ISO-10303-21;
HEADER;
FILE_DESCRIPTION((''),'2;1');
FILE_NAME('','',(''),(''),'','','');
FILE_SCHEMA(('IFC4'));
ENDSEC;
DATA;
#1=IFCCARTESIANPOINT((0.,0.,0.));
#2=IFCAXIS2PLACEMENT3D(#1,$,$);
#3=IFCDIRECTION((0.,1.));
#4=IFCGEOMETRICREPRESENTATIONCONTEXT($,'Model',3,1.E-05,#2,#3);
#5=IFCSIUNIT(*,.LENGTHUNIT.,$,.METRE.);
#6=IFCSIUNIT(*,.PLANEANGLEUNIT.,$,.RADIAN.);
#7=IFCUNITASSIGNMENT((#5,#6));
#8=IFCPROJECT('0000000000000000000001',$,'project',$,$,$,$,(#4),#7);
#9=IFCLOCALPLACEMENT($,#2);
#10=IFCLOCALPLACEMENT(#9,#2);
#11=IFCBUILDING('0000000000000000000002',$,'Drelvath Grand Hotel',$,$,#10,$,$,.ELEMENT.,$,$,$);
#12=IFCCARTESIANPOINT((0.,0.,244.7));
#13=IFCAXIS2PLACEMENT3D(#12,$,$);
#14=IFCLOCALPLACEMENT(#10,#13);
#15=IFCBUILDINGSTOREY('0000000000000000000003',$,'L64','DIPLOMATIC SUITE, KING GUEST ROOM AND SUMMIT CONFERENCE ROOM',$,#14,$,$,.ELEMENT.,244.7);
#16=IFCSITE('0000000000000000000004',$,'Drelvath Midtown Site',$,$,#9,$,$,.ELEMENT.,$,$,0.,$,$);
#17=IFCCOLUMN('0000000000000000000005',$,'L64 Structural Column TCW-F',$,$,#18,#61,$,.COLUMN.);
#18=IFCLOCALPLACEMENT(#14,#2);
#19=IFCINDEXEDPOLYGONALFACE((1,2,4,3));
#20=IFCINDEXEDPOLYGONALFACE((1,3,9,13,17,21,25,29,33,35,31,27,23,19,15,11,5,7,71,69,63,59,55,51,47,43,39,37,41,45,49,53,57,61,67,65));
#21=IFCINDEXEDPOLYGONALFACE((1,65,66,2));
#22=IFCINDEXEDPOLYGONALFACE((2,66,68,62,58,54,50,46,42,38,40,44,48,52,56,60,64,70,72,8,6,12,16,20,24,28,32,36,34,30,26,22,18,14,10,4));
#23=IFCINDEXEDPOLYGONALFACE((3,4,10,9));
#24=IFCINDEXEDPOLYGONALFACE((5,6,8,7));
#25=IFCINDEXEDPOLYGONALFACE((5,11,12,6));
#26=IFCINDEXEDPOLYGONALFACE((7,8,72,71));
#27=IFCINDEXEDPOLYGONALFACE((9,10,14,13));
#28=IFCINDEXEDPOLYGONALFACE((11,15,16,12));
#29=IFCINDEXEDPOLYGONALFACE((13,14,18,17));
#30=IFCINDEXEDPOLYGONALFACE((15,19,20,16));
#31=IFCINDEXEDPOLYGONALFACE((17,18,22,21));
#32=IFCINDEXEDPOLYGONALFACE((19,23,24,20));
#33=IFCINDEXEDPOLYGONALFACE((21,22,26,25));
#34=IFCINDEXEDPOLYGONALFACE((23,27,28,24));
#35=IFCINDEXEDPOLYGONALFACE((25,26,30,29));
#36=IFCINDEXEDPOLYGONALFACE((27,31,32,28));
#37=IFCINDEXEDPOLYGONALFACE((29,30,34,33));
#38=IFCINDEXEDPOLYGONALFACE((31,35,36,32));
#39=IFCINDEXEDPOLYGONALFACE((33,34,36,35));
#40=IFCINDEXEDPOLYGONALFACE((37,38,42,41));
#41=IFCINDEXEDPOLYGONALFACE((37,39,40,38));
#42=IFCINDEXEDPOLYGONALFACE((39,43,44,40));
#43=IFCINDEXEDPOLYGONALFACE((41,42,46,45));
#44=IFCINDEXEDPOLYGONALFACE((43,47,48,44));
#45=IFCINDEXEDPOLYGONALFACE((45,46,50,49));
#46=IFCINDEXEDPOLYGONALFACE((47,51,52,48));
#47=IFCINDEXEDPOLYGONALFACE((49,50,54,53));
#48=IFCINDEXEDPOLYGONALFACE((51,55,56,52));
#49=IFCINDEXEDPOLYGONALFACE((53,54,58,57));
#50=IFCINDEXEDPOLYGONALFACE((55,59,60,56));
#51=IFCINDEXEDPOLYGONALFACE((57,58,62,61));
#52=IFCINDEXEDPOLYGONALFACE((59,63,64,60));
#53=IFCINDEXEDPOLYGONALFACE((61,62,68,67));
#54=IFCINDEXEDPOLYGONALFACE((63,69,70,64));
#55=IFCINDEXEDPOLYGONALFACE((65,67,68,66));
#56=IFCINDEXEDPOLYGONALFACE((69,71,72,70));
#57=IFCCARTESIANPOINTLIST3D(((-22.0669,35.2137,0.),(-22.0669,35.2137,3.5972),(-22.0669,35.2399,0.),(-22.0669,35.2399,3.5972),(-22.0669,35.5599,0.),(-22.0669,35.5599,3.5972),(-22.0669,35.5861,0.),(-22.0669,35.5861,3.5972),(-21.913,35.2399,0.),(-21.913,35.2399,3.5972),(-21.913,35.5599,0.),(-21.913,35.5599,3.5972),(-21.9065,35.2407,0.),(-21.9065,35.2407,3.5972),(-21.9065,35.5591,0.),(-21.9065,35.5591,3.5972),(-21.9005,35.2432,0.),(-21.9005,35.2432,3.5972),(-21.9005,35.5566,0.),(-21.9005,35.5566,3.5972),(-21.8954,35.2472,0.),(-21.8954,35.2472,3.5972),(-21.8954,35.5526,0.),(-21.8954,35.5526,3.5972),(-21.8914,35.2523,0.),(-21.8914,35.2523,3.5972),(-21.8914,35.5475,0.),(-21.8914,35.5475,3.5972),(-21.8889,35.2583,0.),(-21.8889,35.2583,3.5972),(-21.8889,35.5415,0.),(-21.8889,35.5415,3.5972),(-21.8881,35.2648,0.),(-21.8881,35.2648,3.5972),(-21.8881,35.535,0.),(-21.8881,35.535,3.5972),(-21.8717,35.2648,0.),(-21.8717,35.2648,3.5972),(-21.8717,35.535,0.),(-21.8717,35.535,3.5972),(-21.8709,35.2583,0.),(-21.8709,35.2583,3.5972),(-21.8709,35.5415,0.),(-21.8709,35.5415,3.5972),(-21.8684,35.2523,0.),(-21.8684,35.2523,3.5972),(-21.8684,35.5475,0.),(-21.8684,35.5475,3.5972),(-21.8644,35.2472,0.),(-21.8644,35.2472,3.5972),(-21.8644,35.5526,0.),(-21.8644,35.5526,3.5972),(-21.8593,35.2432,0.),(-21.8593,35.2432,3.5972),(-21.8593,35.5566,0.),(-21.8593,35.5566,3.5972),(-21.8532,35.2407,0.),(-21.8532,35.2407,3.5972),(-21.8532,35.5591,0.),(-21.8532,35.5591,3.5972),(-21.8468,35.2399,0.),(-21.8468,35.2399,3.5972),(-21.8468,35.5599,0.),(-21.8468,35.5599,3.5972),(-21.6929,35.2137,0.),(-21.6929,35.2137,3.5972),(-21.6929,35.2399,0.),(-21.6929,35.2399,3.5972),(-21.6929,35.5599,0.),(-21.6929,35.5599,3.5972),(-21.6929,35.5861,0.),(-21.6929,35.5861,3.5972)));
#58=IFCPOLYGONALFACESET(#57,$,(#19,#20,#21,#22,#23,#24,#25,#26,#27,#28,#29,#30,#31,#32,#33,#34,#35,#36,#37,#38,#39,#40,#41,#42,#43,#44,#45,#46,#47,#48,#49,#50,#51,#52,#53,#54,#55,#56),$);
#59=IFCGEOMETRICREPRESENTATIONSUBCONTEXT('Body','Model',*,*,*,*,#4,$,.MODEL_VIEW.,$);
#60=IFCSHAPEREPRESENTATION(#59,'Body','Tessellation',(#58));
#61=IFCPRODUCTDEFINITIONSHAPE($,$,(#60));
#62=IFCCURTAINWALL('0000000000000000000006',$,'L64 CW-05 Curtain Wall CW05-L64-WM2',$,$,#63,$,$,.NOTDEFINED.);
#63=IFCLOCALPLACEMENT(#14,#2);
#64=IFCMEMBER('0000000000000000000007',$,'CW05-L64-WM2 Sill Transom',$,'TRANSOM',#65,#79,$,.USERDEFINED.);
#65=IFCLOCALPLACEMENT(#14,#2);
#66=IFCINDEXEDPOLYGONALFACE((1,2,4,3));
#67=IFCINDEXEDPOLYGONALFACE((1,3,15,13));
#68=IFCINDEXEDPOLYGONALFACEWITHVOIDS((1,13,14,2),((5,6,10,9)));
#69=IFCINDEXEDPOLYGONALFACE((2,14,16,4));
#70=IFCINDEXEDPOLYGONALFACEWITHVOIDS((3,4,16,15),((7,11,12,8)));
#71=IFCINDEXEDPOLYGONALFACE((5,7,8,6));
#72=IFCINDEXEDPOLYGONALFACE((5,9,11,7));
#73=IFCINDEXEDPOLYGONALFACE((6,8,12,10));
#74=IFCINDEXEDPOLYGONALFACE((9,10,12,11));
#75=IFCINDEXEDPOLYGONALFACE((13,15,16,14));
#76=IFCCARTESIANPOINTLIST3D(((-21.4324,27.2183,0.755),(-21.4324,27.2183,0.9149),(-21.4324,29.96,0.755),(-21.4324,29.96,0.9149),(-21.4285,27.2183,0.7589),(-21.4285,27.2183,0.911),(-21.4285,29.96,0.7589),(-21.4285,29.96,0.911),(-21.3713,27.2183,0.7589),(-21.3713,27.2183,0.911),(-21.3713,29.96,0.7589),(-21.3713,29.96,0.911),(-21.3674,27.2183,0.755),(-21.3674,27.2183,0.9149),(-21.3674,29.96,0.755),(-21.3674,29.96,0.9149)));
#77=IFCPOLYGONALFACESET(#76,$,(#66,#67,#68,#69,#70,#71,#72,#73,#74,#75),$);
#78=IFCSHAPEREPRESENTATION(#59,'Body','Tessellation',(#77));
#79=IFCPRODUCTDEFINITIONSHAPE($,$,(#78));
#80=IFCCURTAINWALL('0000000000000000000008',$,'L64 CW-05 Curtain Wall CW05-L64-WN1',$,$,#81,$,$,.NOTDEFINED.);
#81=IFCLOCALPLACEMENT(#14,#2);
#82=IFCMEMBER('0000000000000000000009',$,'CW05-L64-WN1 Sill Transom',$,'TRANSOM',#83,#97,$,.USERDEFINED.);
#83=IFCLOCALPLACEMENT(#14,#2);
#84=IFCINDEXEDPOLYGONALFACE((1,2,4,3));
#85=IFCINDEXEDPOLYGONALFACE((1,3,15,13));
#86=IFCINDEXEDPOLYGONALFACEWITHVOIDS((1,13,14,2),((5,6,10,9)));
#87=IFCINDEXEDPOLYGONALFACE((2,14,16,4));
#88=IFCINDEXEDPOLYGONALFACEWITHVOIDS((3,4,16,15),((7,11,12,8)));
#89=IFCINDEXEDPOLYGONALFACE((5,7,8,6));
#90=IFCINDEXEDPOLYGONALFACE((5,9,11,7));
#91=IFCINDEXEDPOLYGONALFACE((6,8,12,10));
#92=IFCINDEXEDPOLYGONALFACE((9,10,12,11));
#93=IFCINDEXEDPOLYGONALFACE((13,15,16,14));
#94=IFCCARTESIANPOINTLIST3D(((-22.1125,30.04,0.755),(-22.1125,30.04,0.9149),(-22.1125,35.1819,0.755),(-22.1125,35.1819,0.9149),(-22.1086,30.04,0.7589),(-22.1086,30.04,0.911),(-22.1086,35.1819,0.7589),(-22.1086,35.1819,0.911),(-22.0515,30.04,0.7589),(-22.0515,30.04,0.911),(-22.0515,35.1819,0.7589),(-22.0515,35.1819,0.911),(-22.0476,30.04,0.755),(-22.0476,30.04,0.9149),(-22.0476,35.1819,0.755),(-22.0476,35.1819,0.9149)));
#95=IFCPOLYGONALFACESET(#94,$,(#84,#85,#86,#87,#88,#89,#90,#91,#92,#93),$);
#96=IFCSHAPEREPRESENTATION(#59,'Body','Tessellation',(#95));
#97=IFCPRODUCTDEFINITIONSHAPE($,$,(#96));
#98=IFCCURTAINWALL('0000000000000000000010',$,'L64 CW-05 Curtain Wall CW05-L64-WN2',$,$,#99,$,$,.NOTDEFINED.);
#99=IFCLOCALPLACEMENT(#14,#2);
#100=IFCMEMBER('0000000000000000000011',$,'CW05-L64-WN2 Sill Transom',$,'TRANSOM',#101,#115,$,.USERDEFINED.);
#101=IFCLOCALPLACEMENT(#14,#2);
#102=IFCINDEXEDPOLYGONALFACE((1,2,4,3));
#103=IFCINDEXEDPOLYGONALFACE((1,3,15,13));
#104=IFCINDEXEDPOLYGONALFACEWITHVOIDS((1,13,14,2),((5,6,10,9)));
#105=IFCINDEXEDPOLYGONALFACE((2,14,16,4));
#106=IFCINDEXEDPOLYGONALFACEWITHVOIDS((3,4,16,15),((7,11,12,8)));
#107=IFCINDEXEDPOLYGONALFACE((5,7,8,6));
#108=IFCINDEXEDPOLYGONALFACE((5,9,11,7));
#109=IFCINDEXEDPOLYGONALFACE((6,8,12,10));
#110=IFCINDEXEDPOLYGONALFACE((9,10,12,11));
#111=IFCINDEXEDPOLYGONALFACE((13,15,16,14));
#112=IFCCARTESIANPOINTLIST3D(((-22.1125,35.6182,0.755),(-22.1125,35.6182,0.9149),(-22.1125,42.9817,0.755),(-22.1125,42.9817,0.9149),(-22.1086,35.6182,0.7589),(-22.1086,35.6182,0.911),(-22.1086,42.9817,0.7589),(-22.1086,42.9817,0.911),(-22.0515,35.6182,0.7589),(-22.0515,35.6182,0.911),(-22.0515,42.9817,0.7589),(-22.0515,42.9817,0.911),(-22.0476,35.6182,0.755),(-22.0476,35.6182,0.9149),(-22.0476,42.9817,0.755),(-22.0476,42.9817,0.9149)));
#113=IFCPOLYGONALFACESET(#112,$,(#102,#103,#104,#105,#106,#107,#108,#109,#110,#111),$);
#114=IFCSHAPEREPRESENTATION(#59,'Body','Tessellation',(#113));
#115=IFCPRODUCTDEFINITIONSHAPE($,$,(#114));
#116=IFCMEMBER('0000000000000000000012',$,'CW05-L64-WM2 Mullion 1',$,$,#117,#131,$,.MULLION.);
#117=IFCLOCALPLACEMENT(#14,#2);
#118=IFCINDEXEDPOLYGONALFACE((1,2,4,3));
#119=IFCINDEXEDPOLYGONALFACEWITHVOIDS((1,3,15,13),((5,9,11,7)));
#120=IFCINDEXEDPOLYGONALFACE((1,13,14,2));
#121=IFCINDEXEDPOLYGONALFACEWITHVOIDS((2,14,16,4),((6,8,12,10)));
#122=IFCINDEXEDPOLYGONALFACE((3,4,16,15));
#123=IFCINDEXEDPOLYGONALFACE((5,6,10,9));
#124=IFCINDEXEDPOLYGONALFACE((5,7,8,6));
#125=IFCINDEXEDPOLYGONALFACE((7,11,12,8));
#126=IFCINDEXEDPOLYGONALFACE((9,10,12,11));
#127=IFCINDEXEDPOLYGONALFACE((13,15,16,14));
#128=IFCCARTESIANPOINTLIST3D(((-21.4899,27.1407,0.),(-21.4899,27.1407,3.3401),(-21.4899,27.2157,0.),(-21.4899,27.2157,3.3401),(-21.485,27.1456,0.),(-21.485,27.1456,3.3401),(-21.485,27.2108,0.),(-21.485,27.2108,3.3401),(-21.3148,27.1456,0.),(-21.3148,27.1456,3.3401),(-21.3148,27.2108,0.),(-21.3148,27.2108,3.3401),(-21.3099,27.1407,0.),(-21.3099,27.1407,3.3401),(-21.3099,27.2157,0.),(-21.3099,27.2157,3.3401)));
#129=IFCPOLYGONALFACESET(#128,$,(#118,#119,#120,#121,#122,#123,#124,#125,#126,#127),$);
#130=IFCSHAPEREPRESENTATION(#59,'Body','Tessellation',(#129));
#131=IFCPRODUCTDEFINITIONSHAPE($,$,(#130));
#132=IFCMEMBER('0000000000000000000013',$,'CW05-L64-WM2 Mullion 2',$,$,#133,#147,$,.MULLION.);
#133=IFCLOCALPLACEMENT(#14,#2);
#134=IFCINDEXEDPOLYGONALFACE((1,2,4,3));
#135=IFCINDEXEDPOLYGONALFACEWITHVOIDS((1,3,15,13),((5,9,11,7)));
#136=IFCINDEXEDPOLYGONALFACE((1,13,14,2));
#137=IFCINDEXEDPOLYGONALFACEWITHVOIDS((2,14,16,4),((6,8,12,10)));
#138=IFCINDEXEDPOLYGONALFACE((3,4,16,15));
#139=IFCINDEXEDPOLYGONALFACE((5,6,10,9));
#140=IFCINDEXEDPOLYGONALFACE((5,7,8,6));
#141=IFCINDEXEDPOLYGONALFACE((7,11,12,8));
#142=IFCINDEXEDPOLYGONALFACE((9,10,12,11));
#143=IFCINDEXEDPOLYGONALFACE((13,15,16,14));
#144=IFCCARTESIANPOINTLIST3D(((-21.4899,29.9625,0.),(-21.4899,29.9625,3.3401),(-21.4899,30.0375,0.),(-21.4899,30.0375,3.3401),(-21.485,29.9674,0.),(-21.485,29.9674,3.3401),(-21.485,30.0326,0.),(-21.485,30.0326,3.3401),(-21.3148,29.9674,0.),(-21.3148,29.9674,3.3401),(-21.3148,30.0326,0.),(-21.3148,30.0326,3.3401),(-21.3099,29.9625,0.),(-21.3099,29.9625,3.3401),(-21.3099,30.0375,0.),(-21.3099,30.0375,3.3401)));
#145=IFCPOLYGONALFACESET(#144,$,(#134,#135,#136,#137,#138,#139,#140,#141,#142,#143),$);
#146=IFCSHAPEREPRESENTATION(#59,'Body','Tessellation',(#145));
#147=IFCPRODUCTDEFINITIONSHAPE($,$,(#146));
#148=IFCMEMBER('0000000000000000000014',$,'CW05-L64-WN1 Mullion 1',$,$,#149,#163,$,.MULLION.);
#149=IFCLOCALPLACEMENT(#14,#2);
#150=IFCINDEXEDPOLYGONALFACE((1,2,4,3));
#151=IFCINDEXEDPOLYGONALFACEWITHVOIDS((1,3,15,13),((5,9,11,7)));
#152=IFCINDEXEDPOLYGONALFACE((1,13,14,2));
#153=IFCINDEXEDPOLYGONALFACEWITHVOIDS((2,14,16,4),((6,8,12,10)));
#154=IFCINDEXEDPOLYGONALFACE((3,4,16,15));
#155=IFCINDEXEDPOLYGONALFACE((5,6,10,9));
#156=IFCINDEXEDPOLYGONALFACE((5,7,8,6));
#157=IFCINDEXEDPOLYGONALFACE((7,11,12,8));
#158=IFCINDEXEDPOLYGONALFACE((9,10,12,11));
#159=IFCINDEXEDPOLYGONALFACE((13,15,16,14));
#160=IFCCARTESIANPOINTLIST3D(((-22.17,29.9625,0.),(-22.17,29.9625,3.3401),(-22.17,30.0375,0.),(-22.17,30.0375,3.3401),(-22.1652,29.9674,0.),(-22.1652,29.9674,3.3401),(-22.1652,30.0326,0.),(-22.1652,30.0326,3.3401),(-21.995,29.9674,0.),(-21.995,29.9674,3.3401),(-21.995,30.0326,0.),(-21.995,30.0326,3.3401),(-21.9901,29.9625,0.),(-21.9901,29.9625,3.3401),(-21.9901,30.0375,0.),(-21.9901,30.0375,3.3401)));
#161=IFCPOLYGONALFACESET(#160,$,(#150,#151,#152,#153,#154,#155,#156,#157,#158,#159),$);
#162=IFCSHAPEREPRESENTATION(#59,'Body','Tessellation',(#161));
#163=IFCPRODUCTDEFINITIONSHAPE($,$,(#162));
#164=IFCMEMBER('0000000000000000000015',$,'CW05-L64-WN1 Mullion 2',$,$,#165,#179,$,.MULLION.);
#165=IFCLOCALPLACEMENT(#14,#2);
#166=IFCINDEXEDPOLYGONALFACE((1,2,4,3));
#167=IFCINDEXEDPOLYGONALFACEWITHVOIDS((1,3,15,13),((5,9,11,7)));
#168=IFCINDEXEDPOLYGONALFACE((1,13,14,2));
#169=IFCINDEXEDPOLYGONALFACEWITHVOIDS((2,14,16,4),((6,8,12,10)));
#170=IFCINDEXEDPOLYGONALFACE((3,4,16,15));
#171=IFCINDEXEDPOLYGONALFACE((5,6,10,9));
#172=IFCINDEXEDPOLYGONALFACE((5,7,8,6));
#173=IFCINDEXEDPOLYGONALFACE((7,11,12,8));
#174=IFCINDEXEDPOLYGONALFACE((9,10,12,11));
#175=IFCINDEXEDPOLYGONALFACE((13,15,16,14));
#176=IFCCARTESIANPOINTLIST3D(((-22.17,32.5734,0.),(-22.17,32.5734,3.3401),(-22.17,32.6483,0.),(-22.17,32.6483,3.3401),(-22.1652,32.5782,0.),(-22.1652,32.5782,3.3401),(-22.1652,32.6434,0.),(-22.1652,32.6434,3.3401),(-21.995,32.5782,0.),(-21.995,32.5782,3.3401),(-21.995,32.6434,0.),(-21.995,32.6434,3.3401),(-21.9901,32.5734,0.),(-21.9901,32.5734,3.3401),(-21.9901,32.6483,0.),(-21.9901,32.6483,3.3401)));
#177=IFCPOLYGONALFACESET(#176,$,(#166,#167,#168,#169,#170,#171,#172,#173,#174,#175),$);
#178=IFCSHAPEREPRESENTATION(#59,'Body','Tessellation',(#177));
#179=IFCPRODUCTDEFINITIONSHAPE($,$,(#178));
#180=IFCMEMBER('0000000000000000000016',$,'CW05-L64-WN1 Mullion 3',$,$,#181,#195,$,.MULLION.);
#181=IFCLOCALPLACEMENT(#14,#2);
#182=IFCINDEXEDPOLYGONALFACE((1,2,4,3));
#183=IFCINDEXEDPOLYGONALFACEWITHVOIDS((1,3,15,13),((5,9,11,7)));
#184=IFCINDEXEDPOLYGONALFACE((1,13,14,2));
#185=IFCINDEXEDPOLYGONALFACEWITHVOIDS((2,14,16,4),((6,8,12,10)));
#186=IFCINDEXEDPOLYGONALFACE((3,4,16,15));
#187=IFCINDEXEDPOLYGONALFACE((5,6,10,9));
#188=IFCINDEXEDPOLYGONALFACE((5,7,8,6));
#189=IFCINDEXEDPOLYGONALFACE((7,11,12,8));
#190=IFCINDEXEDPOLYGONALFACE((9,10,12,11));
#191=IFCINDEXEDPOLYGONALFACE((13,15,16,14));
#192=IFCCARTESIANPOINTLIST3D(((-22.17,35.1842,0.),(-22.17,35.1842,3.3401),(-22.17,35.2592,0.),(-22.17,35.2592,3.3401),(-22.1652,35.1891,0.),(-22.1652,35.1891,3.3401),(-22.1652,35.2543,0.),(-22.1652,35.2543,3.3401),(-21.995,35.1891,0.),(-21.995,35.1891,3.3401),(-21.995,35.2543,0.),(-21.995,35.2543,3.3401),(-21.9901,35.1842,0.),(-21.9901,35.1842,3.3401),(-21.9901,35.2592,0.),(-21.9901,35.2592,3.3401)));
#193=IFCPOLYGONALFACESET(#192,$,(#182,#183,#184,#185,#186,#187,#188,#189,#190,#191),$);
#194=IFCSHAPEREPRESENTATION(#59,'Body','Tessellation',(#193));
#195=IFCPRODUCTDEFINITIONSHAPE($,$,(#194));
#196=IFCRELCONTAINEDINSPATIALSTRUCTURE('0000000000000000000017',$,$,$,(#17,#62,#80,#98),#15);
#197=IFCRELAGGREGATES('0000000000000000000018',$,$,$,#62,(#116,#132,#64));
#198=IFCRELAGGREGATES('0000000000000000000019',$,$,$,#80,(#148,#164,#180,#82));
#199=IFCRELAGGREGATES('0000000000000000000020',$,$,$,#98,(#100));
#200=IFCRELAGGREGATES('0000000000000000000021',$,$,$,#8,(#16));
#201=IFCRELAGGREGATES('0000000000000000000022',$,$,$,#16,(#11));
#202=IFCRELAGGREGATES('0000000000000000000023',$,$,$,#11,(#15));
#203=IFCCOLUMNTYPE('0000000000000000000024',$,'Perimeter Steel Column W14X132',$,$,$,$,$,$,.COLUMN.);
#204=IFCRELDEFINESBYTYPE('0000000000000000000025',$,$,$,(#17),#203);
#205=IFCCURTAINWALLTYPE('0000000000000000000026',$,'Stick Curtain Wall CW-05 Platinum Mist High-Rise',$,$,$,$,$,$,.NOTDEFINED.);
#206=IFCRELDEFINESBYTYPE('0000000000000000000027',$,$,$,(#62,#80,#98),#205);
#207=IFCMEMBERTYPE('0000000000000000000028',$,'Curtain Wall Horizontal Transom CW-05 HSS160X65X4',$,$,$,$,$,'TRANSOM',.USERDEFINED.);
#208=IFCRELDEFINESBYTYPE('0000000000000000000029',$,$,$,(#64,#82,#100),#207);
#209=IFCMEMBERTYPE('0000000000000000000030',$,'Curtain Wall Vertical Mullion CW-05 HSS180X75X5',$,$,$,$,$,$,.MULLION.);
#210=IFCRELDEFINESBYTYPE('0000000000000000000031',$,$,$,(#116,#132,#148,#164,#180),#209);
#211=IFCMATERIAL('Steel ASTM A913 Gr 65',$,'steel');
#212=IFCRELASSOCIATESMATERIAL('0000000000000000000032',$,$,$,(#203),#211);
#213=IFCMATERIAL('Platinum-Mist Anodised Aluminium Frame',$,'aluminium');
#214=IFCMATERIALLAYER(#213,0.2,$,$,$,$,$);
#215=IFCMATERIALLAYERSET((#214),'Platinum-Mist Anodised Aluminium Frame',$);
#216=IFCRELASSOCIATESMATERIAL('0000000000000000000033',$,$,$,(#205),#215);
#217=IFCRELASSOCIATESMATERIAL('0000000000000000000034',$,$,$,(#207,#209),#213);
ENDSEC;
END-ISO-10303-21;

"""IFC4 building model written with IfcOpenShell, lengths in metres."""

from ifc_helpers import new_model, si_unit, direction, frame, origin, origin_2d, place, context, subcontext, project, spatial, hollow_rectangle, i_section, extrude, material, layer, layer_set, material_profile, profile_set, type_object, element, aggregate, save


model = new_model("IFC4")

# Units and contexts
model_context = context("Model", 3, precision=1e-05, world=origin(), true_north=direction((0.0, 1.0)))
body_context = subcontext(model_context, "Body", "Model", "MODEL_VIEW")
ifc_project = project(units=[si_unit("LENGTHUNIT", "METRE"), si_unit("PLANEANGLEUNIT", "RADIAN")], contexts=[model_context])

# Site, building, storey
site_placement = place(None, origin())
site = spatial("IfcSite", under=ifc_project, at=site_placement, Name="Drelvath Midtown Site", CompositionType="ELEMENT", RefElevation=0.0)
building_placement = place(site_placement, origin())
building = spatial("IfcBuilding", under=site, at=building_placement, Name="Drelvath Grand Hotel", CompositionType="ELEMENT")
storey_placement = place(building_placement, frame((0.0, 0.0, 244.7)))
storey = spatial("IfcBuildingStorey", under=building, at=storey_placement, Name="L64", Description="DIPLOMATIC SUITE, KING GUEST ROOM AND SUMMIT CONFERENCE ROOM", CompositionType="ELEMENT", Elevation=244.7)

# Column
ifc_material_1 = material(Name="Steel ASTM A913 Gr 65", Category="steel")
ifc_material_profile_1 = material_profile(ifc_material_1, i_section(OverallWidth=0.374, OverallDepth=0.3723, WebThickness=0.0164, FlangeThickness=0.0261, FilletRadius=0.0249, at=origin_2d()), Name="W14X132")
ifc_profile_set_1 = profile_set([ifc_material_profile_1], Name="Steel ASTM A913 Gr 65")
column_type = type_object("IfcColumnType", Name="Perimeter Steel Column W14X132", PredefinedType="COLUMN", material=ifc_profile_set_1)
column_placement = place(storey_placement, frame((-21.8799, 35.3999, 0.0), z_axis=(0.0, 0.0, 1.0), x_axis=(1.0, 0.0, 0.0)))
element("IfcColumn", 1, at=column_placement, inside=storey, type_object=column_type, Name="L64 Structural Column TCW-F", PredefinedType="COLUMN", context=body_context, shape_type="SweptSolid", body=[
    extrude(i_section(OverallWidth=0.374, OverallDepth=0.3723, WebThickness=0.0164, FlangeThickness=0.0261, FilletRadius=0.0249, at=origin_2d()), origin(), (0.0, 0.0, 1.0), 3.5972),
])

# Curtain walls, members
ifc_material_2 = material(Name="Platinum-Mist Anodised Aluminium Frame", Category="aluminium")
ifc_layer_1 = layer(ifc_material_2, 0.2)
ifc_layer_set_1 = layer_set([ifc_layer_1], Name="Platinum-Mist Anodised Aluminium Frame")
curtain_wall_type = type_object("IfcCurtainWallType", Name="Stick Curtain Wall CW-05 Platinum Mist High-Rise", PredefinedType="NOTDEFINED", material=ifc_layer_set_1)
curtain_wall_1_placement = place(storey_placement, origin())
curtain_wall_1 = element("IfcCurtainWall", 2, at=curtain_wall_1_placement, inside=storey, type_object=curtain_wall_type, Name="L64 CW-05 Curtain Wall CW05-L64-WM2", PredefinedType="NOTDEFINED")
ifc_material_profile_2 = material_profile(ifc_material_2, hollow_rectangle(XDim=0.0649, YDim=0.1599, WallThickness=0.0039, at=origin_2d()), Name="HSS160X65X4")
ifc_profile_set_2 = profile_set([ifc_material_profile_2], Name="Platinum-Mist Anodised Aluminium Frame")
member_type_1 = type_object("IfcMemberType", Name="Curtain Wall Horizontal Transom CW-05 HSS160X65X4", ElementType="TRANSOM", PredefinedType="USERDEFINED", material=ifc_profile_set_2)
member_1_placement = place(storey_placement, frame((-21.3999, 27.2183, 0.835), z_axis=(0.0, 1.0, 0.0), x_axis=(-1.0, 0.0, 0.0)))
member_1 = element("IfcMember", 3, at=member_1_placement, type_object=member_type_1, Name="CW05-L64-WM2 Sill Transom", ObjectType="TRANSOM", PredefinedType="USERDEFINED", context=body_context, shape_type="SweptSolid", body=[
    extrude(hollow_rectangle(XDim=0.0649, YDim=0.1599, WallThickness=0.0039, at=origin_2d()), origin(), (0.0, 0.0, 1.0), 2.7417),
])
curtain_wall_2_placement = place(storey_placement, origin())
curtain_wall_2 = element("IfcCurtainWall", 4, at=curtain_wall_2_placement, inside=storey, type_object=curtain_wall_type, Name="L64 CW-05 Curtain Wall CW05-L64-WN1", PredefinedType="NOTDEFINED")
member_2_placement = place(storey_placement, frame((-22.0801, 30.04, 0.835), z_axis=(0.0, 1.0, 0.0), x_axis=(-1.0, 0.0, 0.0)))
member_2 = element("IfcMember", 5, at=member_2_placement, type_object=member_type_1, Name="CW05-L64-WN1 Sill Transom", ObjectType="TRANSOM", PredefinedType="USERDEFINED", context=body_context, shape_type="SweptSolid", body=[
    extrude(hollow_rectangle(XDim=0.0649, YDim=0.1599, WallThickness=0.0039, at=origin_2d()), origin(), (0.0, 0.0, 1.0), 5.1418),
])
curtain_wall_3_placement = place(storey_placement, origin())
curtain_wall_3 = element("IfcCurtainWall", 6, at=curtain_wall_3_placement, inside=storey, type_object=curtain_wall_type, Name="L64 CW-05 Curtain Wall CW05-L64-WN2", PredefinedType="NOTDEFINED")
member_3_placement = place(storey_placement, frame((-22.0801, 35.6182, 0.835), z_axis=(0.0, 1.0, 0.0), x_axis=(-1.0, 0.0, 0.0)))
member_3 = element("IfcMember", 7, at=member_3_placement, type_object=member_type_1, Name="CW05-L64-WN2 Sill Transom", ObjectType="TRANSOM", PredefinedType="USERDEFINED", context=body_context, shape_type="SweptSolid", body=[
    extrude(hollow_rectangle(XDim=0.0649, YDim=0.1599, WallThickness=0.0039, at=origin_2d()), origin(), (0.0, 0.0, 1.0), 7.3635),
])

# Members
ifc_material_profile_3 = material_profile(ifc_material_2, hollow_rectangle(XDim=0.075, YDim=0.1799, WallThickness=0.0049, at=origin_2d()), Name="HSS180X75X5")
ifc_profile_set_3 = profile_set([ifc_material_profile_3], Name="Platinum-Mist Anodised Aluminium Frame")
member_type_2 = type_object("IfcMemberType", Name="Curtain Wall Vertical Mullion CW-05 HSS180X75X5", PredefinedType="MULLION", material=ifc_profile_set_3)
member_4_placement = place(storey_placement, frame((-21.3999, 27.1782, 0.0), z_axis=(0.0, 0.0, 1.0), x_axis=(0.0, 1.0, 0.0)))
member_4 = element("IfcMember", 8, at=member_4_placement, type_object=member_type_2, Name="CW05-L64-WM2 Mullion 1", PredefinedType="MULLION", context=body_context, shape_type="SweptSolid", body=[
    extrude(hollow_rectangle(XDim=0.075, YDim=0.1799, WallThickness=0.0049, at=origin_2d()), origin(), (0.0, 0.0, 1.0), 3.3401),
])
member_5_placement = place(storey_placement, frame((-21.3999, 30.0, 0.0), z_axis=(0.0, 0.0, 1.0), x_axis=(0.0, 1.0, 0.0)))
member_5 = element("IfcMember", 9, at=member_5_placement, type_object=member_type_2, Name="CW05-L64-WM2 Mullion 2", PredefinedType="MULLION", context=body_context, shape_type="SweptSolid", body=[
    extrude(hollow_rectangle(XDim=0.075, YDim=0.1799, WallThickness=0.0049, at=origin_2d()), origin(), (0.0, 0.0, 1.0), 3.3401),
])
member_6_placement = place(storey_placement, frame((-22.0801, 30.0, 0.0), z_axis=(0.0, 0.0, 1.0), x_axis=(0.0, 1.0, 0.0)))
member_6 = element("IfcMember", 10, at=member_6_placement, type_object=member_type_2, Name="CW05-L64-WN1 Mullion 1", PredefinedType="MULLION", context=body_context, shape_type="SweptSolid", body=[
    extrude(hollow_rectangle(XDim=0.075, YDim=0.1799, WallThickness=0.0049, at=origin_2d()), origin(), (0.0, 0.0, 1.0), 3.3401),
])
member_7_placement = place(storey_placement, frame((-22.0801, 32.6108, 0.0), z_axis=(0.0, 0.0, 1.0), x_axis=(0.0, 1.0, 0.0)))
member_7 = element("IfcMember", 11, at=member_7_placement, type_object=member_type_2, Name="CW05-L64-WN1 Mullion 2", PredefinedType="MULLION", context=body_context, shape_type="SweptSolid", body=[
    extrude(hollow_rectangle(XDim=0.075, YDim=0.1799, WallThickness=0.0049, at=origin_2d()), origin(), (0.0, 0.0, 1.0), 3.3401),
])
member_8_placement = place(storey_placement, frame((-22.0801, 35.2217, 0.0), z_axis=(0.0, 0.0, 1.0), x_axis=(0.0, 1.0, 0.0)))
member_8 = element("IfcMember", 12, at=member_8_placement, type_object=member_type_2, Name="CW05-L64-WN1 Mullion 3", PredefinedType="MULLION", context=body_context, shape_type="SweptSolid", body=[
    extrude(hollow_rectangle(XDim=0.075, YDim=0.1799, WallThickness=0.0049, at=origin_2d()), origin(), (0.0, 0.0, 1.0), 3.3401),
])

aggregate(curtain_wall_1, [member_4, member_5, member_1])
aggregate(curtain_wall_2, [member_6, member_7, member_8, member_2])
aggregate(curtain_wall_3, [member_3])

save(model, "model.ifc")
